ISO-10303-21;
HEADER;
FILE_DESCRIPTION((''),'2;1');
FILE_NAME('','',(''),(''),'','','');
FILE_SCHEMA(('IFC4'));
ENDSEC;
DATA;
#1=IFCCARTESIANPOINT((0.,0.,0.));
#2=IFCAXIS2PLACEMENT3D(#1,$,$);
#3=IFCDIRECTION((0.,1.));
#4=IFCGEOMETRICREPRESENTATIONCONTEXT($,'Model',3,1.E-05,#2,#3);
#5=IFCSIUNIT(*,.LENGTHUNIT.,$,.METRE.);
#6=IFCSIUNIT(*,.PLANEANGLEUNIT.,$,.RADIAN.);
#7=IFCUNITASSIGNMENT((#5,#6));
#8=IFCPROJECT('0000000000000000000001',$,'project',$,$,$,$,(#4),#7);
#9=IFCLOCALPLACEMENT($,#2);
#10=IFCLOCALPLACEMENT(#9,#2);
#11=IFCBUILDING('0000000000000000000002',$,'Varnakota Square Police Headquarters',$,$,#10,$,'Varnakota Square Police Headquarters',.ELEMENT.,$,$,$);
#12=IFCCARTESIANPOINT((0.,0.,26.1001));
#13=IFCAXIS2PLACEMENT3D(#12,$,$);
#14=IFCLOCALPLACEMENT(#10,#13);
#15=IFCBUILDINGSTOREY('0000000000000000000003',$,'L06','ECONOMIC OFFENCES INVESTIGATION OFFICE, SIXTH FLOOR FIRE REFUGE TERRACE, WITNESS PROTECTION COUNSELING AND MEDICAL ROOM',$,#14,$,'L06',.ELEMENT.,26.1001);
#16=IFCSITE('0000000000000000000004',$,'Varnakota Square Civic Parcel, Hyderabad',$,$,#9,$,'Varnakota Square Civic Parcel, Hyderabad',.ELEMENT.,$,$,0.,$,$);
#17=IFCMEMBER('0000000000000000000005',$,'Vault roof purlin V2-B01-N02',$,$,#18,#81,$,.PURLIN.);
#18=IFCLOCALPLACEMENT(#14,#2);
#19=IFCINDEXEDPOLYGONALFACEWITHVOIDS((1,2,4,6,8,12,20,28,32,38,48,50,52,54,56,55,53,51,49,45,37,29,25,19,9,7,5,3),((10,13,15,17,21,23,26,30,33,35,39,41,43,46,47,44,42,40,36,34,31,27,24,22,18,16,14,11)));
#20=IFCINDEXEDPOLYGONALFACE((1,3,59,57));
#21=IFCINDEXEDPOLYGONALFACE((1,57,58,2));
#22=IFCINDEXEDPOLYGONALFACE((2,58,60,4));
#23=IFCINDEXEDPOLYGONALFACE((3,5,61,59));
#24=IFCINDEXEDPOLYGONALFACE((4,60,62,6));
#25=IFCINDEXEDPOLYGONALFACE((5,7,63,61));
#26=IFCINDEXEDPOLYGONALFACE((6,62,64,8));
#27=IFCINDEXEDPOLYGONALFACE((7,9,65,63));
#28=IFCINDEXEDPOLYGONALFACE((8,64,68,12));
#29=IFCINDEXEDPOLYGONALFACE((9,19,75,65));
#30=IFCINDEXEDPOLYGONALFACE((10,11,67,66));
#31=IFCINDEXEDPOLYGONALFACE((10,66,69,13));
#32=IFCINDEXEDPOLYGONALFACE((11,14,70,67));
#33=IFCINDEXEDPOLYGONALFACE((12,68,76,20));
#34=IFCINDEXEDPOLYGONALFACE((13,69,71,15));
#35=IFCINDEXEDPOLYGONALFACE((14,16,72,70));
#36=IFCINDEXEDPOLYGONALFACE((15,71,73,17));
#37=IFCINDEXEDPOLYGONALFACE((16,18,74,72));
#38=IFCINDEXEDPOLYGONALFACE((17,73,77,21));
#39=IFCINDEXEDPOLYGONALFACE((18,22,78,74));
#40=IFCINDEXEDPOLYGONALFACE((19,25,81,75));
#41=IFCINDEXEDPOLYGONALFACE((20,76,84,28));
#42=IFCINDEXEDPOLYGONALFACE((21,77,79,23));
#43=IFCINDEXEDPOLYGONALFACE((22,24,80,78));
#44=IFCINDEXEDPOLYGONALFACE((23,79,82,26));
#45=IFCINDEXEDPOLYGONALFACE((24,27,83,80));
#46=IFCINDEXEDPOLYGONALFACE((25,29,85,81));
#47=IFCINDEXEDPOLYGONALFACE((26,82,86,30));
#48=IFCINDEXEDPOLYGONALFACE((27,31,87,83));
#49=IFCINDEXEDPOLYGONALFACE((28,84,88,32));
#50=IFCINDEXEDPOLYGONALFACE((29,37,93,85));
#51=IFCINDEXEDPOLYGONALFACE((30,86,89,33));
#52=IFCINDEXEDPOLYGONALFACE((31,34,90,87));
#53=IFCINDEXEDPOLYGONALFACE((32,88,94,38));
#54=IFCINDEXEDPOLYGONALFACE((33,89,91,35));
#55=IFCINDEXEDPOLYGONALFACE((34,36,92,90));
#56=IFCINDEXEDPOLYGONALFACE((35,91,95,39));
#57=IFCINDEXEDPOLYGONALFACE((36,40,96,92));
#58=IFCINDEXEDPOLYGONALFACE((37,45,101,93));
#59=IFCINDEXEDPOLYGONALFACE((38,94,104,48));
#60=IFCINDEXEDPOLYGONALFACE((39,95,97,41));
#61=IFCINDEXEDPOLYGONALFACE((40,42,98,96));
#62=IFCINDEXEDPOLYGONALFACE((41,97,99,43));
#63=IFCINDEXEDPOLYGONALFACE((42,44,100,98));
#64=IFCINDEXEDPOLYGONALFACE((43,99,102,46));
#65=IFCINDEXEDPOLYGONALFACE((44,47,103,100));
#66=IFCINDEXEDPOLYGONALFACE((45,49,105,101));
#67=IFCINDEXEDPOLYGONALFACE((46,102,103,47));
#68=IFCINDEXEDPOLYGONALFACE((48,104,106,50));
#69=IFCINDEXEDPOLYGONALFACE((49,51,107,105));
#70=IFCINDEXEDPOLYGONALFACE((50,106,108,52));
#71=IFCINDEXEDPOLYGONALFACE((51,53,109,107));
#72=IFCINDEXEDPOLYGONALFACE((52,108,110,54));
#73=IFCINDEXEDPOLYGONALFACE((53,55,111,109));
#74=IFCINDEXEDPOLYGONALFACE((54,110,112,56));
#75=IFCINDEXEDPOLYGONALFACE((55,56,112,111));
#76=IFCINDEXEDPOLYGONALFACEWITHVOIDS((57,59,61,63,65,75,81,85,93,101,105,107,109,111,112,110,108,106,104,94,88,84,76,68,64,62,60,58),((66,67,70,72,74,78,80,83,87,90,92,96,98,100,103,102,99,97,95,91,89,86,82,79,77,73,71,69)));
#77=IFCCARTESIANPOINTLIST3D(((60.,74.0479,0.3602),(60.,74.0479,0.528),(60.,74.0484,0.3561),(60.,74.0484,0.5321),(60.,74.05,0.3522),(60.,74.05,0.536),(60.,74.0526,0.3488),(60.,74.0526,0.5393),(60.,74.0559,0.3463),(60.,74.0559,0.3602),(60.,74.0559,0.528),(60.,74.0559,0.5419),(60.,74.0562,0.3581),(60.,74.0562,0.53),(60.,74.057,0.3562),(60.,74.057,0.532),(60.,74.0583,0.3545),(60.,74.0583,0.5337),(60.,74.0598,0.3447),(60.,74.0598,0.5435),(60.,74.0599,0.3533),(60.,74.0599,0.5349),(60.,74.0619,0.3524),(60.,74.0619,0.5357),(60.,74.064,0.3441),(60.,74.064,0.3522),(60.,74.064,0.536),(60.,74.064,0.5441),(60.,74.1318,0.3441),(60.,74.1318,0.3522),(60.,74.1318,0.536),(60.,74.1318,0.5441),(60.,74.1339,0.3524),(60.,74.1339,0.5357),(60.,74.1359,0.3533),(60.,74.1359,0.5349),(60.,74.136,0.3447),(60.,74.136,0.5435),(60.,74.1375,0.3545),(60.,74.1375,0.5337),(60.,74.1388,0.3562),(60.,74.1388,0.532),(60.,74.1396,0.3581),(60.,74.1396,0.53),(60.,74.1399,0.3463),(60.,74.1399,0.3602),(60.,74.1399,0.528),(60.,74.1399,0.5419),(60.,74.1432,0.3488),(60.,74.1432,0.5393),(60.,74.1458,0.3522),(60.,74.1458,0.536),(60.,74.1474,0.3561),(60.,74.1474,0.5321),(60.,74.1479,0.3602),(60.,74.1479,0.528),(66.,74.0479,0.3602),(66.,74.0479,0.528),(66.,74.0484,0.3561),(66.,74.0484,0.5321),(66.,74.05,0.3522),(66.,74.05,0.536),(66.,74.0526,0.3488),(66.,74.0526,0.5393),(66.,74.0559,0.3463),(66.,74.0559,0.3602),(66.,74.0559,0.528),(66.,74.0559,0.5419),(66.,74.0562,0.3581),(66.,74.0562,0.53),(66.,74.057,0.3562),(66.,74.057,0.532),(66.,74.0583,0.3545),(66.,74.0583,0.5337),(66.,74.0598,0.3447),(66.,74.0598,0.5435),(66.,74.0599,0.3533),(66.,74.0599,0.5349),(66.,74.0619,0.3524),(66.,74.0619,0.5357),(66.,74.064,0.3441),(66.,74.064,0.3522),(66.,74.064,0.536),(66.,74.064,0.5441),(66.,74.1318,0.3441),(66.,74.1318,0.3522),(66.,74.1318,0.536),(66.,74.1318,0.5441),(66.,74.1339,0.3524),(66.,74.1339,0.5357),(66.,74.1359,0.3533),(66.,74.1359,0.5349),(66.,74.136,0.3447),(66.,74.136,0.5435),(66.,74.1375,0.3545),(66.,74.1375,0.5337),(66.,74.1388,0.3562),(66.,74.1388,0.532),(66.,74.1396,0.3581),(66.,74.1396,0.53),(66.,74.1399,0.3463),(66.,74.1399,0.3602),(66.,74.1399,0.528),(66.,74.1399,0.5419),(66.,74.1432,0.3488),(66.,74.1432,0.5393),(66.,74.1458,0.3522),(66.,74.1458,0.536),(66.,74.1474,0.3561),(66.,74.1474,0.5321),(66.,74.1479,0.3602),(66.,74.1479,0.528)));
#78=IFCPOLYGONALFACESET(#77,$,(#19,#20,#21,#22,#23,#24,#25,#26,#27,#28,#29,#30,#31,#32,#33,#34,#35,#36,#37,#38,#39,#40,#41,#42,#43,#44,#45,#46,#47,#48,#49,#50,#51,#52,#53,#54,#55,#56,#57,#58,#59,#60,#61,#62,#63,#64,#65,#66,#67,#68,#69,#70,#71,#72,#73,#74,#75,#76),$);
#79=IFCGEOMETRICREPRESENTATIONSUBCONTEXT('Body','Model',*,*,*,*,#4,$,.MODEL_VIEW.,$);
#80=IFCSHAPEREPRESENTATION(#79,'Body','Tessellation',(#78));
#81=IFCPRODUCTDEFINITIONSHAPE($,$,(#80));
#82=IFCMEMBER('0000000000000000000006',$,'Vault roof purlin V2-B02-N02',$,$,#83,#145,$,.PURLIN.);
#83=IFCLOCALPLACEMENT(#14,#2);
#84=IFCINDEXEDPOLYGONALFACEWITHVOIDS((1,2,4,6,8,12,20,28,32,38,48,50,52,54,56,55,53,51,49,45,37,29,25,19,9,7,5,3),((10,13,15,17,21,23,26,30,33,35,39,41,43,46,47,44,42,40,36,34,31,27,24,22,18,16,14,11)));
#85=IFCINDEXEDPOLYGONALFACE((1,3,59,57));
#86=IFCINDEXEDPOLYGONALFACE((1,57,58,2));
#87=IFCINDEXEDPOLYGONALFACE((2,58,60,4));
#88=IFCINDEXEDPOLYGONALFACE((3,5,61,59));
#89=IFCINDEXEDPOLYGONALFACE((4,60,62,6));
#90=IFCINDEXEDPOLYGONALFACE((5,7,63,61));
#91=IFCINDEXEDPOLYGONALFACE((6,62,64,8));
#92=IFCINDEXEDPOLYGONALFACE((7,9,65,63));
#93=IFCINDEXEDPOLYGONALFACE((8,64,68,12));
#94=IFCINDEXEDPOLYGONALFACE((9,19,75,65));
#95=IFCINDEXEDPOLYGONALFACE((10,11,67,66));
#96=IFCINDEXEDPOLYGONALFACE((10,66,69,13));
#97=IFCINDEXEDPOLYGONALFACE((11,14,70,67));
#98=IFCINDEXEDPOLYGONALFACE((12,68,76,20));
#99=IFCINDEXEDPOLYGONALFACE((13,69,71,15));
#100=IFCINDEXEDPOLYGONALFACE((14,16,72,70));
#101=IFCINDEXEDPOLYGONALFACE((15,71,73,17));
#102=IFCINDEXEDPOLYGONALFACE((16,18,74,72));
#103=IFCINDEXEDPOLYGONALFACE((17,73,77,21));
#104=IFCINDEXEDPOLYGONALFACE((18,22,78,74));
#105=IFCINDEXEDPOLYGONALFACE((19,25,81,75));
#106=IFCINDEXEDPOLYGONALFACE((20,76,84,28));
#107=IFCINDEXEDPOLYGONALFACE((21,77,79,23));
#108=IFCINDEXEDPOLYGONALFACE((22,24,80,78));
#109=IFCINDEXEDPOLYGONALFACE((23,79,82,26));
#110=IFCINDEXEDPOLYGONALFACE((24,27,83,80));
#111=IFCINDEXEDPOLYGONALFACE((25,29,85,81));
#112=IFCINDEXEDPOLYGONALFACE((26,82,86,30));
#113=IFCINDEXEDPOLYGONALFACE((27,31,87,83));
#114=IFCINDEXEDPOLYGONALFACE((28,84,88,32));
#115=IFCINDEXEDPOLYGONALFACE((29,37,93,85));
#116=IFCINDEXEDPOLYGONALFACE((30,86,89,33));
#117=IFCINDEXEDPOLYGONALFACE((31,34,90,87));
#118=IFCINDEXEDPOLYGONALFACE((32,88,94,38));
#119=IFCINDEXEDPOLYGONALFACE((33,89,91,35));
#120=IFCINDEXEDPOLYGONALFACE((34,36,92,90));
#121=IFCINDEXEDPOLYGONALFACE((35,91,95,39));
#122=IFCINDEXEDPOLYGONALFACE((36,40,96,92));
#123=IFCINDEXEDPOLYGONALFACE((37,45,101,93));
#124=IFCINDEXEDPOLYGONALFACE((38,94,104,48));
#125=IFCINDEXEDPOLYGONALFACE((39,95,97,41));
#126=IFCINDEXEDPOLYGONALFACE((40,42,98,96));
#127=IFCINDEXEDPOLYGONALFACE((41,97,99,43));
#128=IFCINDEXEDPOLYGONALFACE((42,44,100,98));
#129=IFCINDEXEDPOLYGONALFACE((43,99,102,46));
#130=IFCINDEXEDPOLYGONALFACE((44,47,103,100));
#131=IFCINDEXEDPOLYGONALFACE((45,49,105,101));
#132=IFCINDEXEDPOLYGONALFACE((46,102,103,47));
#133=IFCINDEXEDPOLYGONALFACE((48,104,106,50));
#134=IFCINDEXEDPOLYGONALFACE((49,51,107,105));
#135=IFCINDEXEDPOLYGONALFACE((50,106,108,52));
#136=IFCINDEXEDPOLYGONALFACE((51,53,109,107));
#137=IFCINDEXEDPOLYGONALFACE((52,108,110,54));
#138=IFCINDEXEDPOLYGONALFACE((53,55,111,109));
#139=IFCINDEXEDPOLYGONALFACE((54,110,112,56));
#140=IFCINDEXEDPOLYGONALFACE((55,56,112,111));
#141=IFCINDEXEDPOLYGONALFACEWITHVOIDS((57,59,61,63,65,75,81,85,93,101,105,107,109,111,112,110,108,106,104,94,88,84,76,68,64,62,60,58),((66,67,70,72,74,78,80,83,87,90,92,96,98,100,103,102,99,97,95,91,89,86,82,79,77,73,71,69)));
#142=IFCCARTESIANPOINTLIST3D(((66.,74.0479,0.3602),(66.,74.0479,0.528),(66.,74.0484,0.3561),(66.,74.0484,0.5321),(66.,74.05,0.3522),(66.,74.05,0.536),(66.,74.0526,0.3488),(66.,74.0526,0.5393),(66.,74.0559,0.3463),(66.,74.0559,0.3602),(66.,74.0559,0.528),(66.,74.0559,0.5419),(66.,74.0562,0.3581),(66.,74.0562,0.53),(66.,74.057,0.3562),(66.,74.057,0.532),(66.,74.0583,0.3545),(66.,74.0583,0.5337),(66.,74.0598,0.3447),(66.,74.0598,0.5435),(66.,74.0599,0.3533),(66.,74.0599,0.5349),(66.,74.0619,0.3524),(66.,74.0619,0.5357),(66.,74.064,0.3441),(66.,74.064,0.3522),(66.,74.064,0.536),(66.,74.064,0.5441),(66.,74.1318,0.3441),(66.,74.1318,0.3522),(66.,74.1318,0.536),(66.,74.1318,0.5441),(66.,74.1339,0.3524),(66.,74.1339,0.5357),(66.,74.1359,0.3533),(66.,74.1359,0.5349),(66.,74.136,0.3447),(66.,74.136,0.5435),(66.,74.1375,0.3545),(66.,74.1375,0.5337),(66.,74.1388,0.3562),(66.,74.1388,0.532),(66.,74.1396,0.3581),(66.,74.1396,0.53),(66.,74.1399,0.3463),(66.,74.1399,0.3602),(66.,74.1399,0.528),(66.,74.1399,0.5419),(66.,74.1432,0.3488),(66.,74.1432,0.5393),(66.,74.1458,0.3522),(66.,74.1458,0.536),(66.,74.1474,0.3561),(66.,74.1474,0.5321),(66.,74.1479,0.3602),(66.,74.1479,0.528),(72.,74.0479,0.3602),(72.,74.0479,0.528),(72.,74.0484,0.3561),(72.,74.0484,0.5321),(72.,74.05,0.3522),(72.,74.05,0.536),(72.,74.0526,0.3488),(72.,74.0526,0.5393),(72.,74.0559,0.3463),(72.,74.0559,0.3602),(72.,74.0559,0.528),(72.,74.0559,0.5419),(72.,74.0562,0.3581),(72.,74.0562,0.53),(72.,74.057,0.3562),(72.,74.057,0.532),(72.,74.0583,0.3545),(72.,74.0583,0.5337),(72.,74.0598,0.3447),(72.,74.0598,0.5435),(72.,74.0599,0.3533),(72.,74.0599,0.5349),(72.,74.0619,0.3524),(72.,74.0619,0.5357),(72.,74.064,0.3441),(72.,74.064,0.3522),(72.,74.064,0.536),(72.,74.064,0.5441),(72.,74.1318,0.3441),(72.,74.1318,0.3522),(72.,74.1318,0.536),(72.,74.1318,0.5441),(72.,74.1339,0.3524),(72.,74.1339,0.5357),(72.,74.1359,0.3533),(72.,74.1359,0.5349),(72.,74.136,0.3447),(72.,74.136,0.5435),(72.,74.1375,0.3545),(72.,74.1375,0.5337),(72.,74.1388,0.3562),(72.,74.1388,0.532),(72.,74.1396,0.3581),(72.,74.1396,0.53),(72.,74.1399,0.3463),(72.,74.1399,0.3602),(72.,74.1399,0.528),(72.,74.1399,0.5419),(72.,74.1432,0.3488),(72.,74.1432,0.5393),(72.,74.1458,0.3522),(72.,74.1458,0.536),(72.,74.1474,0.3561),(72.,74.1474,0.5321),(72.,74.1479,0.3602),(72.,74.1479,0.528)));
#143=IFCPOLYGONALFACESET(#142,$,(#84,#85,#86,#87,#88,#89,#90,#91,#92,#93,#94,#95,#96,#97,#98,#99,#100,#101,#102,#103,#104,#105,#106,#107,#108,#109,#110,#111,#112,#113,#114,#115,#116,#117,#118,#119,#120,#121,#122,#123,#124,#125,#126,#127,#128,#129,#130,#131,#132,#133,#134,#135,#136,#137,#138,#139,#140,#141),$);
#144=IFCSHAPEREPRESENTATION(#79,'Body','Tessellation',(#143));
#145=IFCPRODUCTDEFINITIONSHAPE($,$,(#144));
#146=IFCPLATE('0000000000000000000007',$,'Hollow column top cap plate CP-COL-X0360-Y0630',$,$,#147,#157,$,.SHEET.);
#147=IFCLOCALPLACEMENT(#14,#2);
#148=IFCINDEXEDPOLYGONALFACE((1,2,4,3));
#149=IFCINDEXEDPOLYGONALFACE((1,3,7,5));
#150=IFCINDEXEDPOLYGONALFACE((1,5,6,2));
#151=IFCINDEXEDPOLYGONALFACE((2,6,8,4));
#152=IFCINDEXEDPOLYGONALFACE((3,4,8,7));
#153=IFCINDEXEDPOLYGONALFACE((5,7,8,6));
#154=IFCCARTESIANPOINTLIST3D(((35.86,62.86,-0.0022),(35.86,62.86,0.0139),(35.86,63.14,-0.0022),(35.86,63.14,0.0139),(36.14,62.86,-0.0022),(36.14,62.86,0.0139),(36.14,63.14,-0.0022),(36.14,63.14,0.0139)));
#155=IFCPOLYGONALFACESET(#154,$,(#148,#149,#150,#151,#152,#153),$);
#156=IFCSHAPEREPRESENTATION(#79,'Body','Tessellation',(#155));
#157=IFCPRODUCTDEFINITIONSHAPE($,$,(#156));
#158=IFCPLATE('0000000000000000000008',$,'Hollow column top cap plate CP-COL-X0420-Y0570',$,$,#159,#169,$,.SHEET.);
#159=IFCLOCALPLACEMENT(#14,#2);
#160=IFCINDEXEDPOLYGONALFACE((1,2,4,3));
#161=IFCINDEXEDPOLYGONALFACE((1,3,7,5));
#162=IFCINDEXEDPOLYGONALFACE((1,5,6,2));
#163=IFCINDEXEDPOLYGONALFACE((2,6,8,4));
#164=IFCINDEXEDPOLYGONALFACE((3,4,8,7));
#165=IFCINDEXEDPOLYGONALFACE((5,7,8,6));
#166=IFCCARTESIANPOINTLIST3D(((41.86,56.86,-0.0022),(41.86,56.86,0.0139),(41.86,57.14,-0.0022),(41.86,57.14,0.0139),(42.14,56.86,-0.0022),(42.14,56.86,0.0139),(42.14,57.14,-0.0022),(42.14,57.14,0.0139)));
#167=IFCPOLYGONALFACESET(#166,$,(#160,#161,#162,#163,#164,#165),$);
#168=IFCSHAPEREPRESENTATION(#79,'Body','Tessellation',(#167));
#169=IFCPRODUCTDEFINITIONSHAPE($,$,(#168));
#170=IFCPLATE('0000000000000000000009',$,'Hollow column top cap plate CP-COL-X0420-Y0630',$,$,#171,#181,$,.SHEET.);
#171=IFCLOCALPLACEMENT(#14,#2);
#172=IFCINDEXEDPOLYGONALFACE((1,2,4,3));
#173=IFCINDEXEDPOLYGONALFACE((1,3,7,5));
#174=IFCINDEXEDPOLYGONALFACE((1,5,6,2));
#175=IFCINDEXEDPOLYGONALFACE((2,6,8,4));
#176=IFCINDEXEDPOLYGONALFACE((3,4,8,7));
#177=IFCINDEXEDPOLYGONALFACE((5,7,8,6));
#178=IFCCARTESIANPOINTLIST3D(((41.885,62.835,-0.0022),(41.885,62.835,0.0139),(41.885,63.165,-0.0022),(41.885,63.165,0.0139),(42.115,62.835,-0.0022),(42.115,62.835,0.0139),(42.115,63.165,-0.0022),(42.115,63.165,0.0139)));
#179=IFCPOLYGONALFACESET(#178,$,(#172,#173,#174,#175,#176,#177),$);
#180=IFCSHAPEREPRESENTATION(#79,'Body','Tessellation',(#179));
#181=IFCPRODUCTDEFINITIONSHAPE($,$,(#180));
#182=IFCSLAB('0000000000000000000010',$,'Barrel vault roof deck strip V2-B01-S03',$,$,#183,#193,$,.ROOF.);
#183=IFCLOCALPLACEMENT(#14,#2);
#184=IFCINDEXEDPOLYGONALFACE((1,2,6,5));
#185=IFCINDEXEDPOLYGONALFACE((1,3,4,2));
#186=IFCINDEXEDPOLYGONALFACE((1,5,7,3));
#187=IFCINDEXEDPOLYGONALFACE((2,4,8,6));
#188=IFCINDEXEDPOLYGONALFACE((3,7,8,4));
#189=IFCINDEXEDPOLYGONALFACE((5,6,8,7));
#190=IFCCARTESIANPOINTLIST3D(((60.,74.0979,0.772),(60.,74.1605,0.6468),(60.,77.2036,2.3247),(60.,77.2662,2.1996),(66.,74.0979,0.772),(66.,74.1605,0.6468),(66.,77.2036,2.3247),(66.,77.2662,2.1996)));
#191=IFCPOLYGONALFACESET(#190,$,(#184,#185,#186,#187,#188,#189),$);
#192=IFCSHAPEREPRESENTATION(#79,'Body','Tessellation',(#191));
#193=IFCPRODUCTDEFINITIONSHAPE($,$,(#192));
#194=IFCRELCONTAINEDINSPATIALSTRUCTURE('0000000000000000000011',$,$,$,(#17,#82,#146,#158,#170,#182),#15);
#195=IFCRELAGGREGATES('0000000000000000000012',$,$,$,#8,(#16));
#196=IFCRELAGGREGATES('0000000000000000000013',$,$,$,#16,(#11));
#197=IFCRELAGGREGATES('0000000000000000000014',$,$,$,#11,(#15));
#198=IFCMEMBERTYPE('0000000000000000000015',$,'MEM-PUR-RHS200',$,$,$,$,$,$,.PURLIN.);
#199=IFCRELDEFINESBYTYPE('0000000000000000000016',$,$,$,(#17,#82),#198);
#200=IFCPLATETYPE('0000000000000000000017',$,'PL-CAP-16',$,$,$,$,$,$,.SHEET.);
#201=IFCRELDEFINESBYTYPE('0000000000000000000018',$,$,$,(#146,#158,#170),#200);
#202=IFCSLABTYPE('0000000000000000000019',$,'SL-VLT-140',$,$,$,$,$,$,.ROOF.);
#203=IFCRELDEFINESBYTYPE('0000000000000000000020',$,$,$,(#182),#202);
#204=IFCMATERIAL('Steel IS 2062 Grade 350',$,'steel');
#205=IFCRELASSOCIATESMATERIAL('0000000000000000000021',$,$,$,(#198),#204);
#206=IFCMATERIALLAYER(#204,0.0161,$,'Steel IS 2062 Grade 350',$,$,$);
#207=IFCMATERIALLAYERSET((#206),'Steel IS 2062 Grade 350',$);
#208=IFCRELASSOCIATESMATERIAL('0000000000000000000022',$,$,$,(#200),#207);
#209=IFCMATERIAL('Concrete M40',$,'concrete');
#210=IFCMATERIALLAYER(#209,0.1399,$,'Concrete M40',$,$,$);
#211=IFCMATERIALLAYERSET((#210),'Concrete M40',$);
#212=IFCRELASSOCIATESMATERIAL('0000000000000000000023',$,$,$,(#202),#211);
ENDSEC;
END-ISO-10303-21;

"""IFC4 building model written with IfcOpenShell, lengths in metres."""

from ifc_helpers import new_model, si_unit, direction, frame, origin, origin_2d, place, context, subcontext, project, spatial, polyline, rectangle, hollow_rectangle, outline, extrude, material, layer, layer_set, material_profile, profile_set, type_object, element, save


model = new_model("IFC4")

# Units and contexts
model_context = context("Model", 3, precision=1e-05, world=origin(), true_north=direction((0.0, 1.0)))
body_context = subcontext(model_context, "Body", "Model", "MODEL_VIEW")
ifc_project = project(units=[si_unit("LENGTHUNIT", "METRE"), si_unit("PLANEANGLEUNIT", "RADIAN")], contexts=[model_context])

# Site, building, storey
site_placement = place(None, origin())
site = spatial("IfcSite", under=ifc_project, at=site_placement, Name="Varnakota Square Civic Parcel, Hyderabad", LongName="Varnakota Square Civic Parcel, Hyderabad", CompositionType="ELEMENT", RefElevation=0.0)
building_placement = place(site_placement, origin())
building = spatial("IfcBuilding", under=site, at=building_placement, Name="Varnakota Square Police Headquarters", LongName="Varnakota Square Police Headquarters", CompositionType="ELEMENT")
storey_placement = place(building_placement, frame((0.0, 0.0, 26.1001)))
storey = spatial("IfcBuildingStorey", under=building, at=storey_placement, Name="L06", Description="ECONOMIC OFFENCES INVESTIGATION OFFICE, SIXTH FLOOR FIRE REFUGE TERRACE, WITNESS PROTECTION COUNSELING AND MEDICAL ROOM", LongName="L06", CompositionType="ELEMENT", Elevation=26.1001)

# Shared definitions
ifc_material_1 = material(Name="Steel IS 2062 Grade 350", Category="steel")

# Members
ifc_material_profile_1 = material_profile(ifc_material_1, hollow_rectangle(XDim=0.1001, YDim=0.2, WallThickness=0.0081, InnerFilletRadius=0.0081, OuterFilletRadius=0.0161, at=origin_2d()), Name="RHS 200x100x8")
ifc_profile_set_1 = profile_set([ifc_material_profile_1], Name="Steel IS 2062 Grade 350")
member_type = type_object("IfcMemberType", Name="MEM-PUR-RHS200", PredefinedType="PURLIN", material=ifc_profile_set_1)
for number, where, z_axis, x_axis, name in (
    (1, (60.0, 74.0979, 0.4441), (1.0, 0.0, 0.0), (0.0, 1.0, 0.0), "Vault roof purlin V2-B01-N02"),
    (2, (66.0, 74.0979, 0.4441), (1.0, 0.0, 0.0), (0.0, 1.0, 0.0), "Vault roof purlin V2-B02-N02"),
):
    element("IfcMember", number, at=place(storey_placement, frame(where, z_axis=z_axis, x_axis=x_axis)), inside=storey, type_object=member_type, Name=name, PredefinedType="PURLIN", context=body_context, shape_type="SweptSolid", body=[
        extrude(hollow_rectangle(XDim=0.1001, YDim=0.2, WallThickness=0.0081, InnerFilletRadius=0.0081, OuterFilletRadius=0.0161, at=origin_2d()), origin(), (0.0, 0.0, 1.0), 6.0),
    ])

# Plates
ifc_layer_1 = layer(ifc_material_1, 0.0161, Name="Steel IS 2062 Grade 350")
ifc_layer_set_1 = layer_set([ifc_layer_1], Name="Steel IS 2062 Grade 350")
plate_type = type_object("IfcPlateType", Name="PL-CAP-16", PredefinedType="SHEET", material=ifc_layer_set_1)
for number, where, z_axis, x_axis, name in (
    (3, (36.0, 63.0, -0.0022), (0.0, 0.0, 1.0), (1.0, 0.0, 0.0), "Hollow column top cap plate CP-COL-X0360-Y0630"),
    (4, (42.0, 57.0, -0.0022), (0.0, 0.0, 1.0), (1.0, 0.0, 0.0), "Hollow column top cap plate CP-COL-X0420-Y0570"),
):
    element("IfcPlate", number, at=place(storey_placement, frame(where, z_axis=z_axis, x_axis=x_axis)), inside=storey, type_object=plate_type, Name=name, PredefinedType="SHEET", context=body_context, shape_type="SweptSolid", body=[
        extrude(rectangle(XDim=0.28, YDim=0.28, at=origin_2d()), origin(), (0.0, 0.0, 1.0), 0.0161),
    ])
plate_placement = place(storey_placement, frame((42.0, 63.0, -0.0022), z_axis=(0.0, 0.0, 1.0), x_axis=(1.0, 0.0, 0.0)))
element("IfcPlate", 5, at=plate_placement, inside=storey, type_object=plate_type, Name="Hollow column top cap plate CP-COL-X0420-Y0630", PredefinedType="SHEET", context=body_context, shape_type="SweptSolid", body=[
    extrude(rectangle(XDim=0.23, YDim=0.3301, at=origin_2d()), origin(), (0.0, 0.0, 1.0), 0.0161),
])

# Slab
ifc_material_2 = material(Name="Concrete M40", Category="concrete")
ifc_layer_2 = layer(ifc_material_2, 0.1399, Name="Concrete M40")
ifc_layer_set_2 = layer_set([ifc_layer_2], Name="Concrete M40")
slab_type = type_object("IfcSlabType", Name="SL-VLT-140", PredefinedType="ROOF", material=ifc_layer_set_2)
slab_placement = place(storey_placement, frame((60.0, 74.0979, 0.772), z_axis=(0.0, -0.447185, 0.894441), x_axis=(1.0, 0.0, 0.0)))
element("IfcSlab", 6, at=slab_placement, inside=storey, type_object=slab_type, Name="Barrel vault roof deck strip V2-B01-S03", PredefinedType="ROOF", context=body_context, shape_type="SweptSolid", body=[
    extrude(outline(polyline([(0.0, 0.0), (6.0, 0.0), (6.0, 3.4722), (0.0, 3.4722), (0.0, 0.0)])), origin(), (0.0, 0.0, -1.0), 0.1399),
])

save(model, "model.ifc")
